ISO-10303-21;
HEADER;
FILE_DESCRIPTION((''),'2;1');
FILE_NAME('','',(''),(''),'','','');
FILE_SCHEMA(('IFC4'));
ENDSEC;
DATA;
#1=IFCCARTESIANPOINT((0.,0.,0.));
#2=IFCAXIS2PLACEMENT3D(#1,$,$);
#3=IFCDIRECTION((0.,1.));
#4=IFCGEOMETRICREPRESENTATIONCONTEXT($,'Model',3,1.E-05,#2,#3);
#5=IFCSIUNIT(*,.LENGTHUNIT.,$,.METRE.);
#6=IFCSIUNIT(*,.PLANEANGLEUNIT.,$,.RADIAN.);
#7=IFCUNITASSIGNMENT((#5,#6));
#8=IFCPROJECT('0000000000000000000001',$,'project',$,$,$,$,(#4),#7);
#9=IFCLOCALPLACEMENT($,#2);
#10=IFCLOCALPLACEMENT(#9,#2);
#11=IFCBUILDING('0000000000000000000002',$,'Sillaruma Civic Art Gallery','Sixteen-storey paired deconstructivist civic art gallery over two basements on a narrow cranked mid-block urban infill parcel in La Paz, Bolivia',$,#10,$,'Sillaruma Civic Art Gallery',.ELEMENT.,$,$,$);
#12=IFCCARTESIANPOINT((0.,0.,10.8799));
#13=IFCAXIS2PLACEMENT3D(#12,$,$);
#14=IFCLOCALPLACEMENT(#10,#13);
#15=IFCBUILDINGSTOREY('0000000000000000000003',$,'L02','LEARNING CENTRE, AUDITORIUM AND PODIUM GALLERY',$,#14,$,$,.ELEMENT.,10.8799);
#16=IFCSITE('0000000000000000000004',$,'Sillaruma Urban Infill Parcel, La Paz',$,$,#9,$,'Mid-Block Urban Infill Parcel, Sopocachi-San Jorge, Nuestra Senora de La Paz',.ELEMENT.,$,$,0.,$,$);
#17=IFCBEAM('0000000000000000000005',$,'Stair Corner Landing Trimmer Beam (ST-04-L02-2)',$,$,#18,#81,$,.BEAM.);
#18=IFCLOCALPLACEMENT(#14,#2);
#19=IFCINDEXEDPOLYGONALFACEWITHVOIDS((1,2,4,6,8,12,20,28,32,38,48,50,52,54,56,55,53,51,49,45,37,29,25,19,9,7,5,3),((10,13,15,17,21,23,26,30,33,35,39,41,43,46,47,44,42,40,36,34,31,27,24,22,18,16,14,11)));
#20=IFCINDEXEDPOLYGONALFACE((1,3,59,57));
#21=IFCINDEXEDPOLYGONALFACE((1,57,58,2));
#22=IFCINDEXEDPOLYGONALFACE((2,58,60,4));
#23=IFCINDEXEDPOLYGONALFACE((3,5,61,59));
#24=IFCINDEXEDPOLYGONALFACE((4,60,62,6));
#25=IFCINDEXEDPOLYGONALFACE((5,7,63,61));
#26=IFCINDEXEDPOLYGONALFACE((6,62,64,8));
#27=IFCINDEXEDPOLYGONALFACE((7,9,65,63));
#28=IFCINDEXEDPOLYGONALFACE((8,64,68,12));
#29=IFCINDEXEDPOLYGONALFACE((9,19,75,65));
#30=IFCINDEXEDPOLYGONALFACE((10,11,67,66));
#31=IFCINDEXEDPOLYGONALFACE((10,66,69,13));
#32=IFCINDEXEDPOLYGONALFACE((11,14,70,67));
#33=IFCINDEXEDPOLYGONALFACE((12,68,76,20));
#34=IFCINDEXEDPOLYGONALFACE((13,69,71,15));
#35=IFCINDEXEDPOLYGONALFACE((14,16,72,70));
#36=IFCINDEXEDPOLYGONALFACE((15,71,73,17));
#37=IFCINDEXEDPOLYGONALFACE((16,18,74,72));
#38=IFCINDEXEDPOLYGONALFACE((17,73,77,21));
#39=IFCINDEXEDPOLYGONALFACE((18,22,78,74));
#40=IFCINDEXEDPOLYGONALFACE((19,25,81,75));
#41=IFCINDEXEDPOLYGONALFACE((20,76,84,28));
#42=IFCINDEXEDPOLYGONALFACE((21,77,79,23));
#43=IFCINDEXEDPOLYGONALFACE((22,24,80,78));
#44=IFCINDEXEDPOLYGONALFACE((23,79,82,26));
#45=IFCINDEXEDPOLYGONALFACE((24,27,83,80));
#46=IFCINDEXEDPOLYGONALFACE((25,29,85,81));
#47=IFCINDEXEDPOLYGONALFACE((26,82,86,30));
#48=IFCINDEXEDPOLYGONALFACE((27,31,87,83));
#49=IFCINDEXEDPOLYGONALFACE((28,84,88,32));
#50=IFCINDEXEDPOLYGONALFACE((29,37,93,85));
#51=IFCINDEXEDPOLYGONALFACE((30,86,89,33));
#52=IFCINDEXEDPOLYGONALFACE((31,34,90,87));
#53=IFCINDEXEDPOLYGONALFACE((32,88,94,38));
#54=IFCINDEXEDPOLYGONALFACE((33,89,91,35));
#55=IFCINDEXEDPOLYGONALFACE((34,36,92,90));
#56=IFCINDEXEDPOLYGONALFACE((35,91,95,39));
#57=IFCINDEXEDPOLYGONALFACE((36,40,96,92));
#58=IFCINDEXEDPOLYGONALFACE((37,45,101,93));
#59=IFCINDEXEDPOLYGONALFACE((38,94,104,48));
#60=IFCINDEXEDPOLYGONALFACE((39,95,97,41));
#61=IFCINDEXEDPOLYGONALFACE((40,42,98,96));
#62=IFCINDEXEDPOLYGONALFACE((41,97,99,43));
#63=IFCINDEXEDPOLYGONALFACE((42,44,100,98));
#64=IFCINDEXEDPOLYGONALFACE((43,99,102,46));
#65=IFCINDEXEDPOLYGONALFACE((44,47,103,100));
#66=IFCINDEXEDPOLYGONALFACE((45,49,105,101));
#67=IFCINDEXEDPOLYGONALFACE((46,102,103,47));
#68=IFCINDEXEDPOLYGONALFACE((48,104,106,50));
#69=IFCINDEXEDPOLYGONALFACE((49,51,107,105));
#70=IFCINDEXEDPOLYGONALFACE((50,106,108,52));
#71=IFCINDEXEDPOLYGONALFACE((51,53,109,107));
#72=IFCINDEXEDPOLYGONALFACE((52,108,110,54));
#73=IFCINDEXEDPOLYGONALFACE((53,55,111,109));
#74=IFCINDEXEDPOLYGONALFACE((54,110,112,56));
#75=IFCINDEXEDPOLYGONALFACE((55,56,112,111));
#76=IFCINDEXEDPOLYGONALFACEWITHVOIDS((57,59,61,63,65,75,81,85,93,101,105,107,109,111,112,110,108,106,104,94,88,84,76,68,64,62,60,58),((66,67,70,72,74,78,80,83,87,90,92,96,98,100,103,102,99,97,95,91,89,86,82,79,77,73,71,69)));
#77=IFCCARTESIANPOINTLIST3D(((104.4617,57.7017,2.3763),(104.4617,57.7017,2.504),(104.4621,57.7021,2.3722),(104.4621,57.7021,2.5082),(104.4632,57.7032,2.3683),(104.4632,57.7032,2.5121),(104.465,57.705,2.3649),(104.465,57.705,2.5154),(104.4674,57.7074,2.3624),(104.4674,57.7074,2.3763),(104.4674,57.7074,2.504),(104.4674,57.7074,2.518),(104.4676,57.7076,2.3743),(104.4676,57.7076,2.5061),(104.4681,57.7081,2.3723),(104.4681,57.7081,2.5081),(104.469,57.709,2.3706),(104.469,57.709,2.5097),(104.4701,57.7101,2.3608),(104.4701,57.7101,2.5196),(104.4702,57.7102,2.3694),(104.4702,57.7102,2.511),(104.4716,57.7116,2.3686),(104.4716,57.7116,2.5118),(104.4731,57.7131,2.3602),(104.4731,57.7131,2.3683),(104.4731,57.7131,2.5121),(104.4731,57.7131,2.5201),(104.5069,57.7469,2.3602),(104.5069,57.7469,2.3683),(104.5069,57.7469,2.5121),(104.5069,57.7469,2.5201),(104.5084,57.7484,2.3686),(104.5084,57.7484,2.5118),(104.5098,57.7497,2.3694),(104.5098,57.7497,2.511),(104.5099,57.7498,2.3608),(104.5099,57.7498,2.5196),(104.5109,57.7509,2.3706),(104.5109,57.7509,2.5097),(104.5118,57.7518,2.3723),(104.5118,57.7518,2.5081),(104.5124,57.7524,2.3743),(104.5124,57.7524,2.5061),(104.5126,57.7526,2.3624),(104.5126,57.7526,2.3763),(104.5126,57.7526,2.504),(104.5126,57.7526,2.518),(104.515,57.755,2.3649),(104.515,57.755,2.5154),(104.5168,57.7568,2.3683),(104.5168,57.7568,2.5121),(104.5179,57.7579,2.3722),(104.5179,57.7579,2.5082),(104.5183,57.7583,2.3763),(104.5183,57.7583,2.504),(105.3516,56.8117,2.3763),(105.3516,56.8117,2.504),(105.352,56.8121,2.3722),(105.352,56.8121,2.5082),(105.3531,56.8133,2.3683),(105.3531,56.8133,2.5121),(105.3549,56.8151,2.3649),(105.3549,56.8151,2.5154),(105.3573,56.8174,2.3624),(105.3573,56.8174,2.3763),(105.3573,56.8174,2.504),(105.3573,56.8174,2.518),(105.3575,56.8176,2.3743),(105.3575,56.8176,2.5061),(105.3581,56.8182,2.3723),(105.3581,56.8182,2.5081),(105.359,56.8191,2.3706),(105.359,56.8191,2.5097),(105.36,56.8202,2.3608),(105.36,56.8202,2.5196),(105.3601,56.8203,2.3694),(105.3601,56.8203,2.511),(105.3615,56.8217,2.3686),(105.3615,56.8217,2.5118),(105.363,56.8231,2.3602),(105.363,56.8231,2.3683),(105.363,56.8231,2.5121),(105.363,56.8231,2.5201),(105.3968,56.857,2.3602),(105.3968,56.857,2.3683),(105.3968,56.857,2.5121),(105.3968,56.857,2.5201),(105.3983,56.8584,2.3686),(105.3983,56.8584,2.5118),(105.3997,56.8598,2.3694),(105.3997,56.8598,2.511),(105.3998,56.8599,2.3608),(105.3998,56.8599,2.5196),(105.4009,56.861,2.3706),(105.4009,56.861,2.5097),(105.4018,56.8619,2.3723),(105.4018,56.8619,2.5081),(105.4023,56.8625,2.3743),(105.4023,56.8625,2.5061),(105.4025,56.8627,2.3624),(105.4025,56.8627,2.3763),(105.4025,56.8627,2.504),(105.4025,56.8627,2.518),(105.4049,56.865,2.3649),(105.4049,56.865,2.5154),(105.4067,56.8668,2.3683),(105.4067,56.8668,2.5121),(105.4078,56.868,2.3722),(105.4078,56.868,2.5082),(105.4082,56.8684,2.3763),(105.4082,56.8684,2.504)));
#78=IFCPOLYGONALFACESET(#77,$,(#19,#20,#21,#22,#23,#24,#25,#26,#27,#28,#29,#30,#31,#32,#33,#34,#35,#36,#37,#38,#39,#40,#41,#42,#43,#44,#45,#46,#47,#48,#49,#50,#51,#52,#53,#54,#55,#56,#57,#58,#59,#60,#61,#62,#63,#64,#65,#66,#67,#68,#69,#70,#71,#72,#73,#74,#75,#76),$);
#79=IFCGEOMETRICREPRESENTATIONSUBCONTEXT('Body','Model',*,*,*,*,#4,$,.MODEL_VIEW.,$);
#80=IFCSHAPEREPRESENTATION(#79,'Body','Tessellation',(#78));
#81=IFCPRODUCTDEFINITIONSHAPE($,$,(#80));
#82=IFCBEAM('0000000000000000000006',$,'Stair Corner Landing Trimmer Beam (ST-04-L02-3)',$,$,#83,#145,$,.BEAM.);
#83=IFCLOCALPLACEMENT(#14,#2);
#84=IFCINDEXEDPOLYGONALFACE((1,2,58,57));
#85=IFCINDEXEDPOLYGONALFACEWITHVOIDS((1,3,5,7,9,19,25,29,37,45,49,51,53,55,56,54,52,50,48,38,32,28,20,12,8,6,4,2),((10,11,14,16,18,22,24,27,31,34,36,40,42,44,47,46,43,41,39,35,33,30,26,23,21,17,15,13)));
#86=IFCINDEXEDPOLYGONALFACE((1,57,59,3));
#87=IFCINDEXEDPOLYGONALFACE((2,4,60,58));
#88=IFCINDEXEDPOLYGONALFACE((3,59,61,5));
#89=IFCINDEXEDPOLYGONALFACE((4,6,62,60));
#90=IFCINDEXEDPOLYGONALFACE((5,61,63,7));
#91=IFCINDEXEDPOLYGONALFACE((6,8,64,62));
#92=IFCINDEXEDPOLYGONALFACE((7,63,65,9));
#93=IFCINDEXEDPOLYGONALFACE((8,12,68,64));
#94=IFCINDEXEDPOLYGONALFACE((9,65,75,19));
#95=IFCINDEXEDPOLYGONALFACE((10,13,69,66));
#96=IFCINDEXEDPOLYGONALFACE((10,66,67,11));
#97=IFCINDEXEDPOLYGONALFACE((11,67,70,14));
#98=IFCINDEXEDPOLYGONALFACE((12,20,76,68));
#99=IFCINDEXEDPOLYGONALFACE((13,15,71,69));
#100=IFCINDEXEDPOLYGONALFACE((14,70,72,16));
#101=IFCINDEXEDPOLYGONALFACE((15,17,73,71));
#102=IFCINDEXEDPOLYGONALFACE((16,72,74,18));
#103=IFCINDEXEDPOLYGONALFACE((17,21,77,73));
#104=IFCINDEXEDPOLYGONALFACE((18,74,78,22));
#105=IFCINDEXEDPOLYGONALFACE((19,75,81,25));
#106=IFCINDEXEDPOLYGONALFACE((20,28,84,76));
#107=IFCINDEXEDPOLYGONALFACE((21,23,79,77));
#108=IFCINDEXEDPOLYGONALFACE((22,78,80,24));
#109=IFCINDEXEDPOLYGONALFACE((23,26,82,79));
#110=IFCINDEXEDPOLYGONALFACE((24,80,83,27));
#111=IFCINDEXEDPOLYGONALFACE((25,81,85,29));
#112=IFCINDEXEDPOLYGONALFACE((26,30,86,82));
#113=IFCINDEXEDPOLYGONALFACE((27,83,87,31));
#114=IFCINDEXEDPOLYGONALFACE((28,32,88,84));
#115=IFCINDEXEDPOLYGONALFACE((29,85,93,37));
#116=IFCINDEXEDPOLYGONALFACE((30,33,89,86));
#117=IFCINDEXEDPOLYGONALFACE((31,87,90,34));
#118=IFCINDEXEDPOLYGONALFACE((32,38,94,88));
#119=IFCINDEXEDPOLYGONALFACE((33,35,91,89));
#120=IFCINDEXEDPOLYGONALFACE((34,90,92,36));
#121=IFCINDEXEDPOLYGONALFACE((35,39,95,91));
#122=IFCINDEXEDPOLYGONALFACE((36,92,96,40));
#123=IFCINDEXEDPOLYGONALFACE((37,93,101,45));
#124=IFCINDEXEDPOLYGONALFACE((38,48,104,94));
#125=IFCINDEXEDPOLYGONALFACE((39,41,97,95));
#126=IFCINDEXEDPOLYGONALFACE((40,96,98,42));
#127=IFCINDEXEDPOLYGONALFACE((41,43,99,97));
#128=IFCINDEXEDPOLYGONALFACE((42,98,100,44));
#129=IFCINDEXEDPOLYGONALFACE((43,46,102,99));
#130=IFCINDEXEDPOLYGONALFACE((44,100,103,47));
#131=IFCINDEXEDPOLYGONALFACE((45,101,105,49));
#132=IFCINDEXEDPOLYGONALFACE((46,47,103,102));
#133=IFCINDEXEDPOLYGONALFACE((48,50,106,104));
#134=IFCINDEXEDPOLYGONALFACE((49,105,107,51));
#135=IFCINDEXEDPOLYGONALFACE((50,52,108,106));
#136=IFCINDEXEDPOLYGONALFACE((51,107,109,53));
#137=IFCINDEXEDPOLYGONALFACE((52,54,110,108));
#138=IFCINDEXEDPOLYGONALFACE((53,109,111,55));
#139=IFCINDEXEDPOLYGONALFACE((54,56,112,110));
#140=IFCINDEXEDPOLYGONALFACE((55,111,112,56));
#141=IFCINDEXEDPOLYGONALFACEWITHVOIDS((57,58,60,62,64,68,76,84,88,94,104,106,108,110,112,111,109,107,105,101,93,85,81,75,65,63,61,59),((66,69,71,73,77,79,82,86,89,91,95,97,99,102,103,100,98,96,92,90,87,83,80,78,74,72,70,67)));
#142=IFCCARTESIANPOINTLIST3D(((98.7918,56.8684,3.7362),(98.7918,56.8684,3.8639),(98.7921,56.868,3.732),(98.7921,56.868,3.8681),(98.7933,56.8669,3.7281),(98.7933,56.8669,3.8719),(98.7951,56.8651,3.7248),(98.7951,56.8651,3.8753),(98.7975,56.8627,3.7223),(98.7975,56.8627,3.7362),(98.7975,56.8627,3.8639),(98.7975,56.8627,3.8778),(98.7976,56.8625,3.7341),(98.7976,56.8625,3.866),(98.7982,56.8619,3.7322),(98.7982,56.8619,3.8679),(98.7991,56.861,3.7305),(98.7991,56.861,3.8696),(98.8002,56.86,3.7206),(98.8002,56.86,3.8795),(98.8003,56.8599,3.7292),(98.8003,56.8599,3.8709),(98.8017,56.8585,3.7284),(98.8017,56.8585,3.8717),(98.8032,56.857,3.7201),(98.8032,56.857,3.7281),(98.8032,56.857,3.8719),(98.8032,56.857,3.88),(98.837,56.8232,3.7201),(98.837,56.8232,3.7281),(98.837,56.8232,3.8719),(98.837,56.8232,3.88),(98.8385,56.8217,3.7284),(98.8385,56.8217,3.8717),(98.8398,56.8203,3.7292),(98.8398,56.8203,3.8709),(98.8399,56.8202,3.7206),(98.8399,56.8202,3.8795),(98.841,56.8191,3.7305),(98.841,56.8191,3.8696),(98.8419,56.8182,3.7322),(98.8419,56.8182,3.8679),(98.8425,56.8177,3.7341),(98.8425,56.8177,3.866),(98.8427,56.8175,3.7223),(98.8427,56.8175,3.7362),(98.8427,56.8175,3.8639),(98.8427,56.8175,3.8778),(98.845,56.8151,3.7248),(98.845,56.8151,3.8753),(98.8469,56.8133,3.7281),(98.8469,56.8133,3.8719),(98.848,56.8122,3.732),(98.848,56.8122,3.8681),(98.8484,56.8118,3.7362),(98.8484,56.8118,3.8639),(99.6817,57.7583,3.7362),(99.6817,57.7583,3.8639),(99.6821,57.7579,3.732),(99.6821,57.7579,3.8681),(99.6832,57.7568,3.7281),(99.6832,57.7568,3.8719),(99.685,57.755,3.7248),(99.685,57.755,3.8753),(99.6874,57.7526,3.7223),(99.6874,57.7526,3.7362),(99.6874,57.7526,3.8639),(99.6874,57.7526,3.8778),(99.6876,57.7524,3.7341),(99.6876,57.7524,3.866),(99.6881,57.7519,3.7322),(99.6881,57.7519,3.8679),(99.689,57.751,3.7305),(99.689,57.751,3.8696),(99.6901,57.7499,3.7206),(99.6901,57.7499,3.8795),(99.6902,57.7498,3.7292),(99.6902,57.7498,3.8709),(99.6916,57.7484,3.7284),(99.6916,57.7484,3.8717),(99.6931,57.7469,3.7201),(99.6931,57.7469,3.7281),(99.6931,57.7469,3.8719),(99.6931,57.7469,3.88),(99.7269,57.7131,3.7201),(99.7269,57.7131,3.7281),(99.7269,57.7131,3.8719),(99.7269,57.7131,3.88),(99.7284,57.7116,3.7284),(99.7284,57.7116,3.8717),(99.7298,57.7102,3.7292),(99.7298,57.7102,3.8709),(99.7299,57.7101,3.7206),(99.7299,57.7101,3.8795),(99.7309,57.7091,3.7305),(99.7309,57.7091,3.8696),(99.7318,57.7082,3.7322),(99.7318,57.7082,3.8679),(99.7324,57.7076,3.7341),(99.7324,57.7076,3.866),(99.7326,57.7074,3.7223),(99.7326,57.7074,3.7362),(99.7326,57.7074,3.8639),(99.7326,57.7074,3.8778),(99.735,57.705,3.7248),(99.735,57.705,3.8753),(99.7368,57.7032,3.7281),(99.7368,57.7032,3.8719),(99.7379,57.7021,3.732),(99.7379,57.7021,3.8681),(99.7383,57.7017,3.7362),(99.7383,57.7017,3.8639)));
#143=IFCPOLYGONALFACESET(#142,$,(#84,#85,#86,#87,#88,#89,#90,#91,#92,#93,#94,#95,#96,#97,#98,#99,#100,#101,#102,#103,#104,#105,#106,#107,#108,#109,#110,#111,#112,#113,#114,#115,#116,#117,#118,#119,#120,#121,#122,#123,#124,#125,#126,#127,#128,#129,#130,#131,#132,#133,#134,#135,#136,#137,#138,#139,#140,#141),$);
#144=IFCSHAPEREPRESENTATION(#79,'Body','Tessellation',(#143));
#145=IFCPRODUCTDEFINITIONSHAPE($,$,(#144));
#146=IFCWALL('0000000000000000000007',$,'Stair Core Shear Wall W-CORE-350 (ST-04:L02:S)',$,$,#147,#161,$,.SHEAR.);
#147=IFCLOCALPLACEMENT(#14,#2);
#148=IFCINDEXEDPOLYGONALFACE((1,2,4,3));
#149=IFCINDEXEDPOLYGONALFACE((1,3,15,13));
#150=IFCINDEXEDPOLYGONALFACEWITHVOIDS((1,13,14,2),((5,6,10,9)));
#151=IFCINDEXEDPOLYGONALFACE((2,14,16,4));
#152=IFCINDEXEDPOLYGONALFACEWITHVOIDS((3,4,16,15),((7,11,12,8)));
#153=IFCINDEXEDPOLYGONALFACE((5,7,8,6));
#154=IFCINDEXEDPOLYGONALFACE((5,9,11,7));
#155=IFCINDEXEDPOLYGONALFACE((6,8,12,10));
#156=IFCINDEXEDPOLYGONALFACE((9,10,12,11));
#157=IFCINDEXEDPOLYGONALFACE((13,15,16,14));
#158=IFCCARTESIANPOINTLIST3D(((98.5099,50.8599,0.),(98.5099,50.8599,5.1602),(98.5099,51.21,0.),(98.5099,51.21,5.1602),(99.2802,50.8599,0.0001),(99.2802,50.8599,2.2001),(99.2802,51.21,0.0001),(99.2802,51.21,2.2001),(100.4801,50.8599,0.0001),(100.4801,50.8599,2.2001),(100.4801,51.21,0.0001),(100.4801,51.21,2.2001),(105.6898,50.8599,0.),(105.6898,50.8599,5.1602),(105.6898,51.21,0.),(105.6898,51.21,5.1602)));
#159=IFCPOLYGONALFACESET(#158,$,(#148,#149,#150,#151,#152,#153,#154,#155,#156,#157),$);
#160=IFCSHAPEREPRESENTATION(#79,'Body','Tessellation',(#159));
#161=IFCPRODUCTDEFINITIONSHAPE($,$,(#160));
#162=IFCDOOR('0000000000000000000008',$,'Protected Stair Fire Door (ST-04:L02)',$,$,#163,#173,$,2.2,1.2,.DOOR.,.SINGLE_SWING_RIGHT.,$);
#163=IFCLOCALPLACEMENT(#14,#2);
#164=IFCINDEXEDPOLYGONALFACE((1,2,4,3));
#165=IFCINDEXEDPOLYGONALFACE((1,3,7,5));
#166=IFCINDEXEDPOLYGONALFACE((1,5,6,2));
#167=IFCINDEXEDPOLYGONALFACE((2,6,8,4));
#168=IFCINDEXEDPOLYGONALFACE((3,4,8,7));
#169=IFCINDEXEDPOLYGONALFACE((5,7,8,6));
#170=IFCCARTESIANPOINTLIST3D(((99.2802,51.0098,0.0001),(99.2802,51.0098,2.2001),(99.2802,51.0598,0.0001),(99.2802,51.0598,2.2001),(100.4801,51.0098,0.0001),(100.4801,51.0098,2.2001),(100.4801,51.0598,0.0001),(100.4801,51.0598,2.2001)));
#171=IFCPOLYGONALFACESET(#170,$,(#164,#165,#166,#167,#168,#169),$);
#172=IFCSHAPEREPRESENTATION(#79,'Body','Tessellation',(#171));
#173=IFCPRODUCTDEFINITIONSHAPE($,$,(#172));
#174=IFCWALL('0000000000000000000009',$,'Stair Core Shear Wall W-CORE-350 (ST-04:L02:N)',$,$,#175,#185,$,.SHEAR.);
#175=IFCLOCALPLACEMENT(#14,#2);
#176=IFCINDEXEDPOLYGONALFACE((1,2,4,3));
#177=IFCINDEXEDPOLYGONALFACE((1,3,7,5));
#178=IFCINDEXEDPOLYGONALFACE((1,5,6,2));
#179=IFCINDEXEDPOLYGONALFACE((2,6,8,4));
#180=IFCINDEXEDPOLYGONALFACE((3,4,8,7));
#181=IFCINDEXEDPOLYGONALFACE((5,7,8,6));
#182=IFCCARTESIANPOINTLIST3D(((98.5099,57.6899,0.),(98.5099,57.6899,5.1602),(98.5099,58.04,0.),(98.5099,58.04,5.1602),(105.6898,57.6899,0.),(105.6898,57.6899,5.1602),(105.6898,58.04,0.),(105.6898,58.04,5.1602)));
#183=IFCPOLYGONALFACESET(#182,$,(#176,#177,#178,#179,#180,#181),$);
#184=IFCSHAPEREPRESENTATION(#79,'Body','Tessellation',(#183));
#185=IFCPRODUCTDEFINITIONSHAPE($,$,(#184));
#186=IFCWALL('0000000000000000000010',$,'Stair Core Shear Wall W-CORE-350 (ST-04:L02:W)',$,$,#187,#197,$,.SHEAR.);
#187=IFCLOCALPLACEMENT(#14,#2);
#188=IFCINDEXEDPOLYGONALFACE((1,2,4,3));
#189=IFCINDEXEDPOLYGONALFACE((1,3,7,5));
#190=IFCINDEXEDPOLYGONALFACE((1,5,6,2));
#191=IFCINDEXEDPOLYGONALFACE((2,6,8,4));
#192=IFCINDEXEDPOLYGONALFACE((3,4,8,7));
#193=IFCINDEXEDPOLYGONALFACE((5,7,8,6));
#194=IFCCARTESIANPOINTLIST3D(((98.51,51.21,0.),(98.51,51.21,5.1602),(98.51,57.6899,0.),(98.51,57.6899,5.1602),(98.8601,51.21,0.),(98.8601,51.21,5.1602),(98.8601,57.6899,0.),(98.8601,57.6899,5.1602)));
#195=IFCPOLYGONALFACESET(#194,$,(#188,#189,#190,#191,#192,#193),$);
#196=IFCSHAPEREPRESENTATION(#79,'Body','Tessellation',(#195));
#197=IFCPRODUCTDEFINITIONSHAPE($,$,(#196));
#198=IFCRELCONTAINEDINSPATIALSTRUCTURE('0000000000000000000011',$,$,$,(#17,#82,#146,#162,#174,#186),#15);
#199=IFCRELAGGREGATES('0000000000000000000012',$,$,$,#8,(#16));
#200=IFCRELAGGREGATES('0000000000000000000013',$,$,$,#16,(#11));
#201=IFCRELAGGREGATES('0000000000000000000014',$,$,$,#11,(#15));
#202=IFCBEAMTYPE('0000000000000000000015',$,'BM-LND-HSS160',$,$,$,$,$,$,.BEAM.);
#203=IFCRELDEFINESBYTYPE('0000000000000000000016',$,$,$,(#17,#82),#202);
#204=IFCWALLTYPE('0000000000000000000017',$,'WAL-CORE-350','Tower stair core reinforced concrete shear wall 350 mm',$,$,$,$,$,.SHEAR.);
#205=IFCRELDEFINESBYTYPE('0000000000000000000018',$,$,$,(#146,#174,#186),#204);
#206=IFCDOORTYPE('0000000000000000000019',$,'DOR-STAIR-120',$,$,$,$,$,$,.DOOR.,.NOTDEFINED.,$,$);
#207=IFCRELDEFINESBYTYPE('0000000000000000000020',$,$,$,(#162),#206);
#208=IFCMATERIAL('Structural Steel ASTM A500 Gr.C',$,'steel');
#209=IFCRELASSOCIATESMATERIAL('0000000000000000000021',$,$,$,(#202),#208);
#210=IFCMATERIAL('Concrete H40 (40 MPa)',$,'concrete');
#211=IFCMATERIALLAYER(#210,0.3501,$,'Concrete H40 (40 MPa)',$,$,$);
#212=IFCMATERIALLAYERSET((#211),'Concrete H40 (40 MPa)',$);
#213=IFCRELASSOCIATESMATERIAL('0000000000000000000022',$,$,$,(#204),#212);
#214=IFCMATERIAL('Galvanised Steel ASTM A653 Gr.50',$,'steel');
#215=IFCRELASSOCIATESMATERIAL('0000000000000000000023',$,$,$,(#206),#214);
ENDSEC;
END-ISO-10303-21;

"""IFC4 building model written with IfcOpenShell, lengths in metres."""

from ifc_helpers import new_model, si_unit, direction, frame, frame_2d, origin, origin_2d, place, context, subcontext, project, spatial, rectangle, hollow_rectangle, extrude, material, layer, layer_set, material_profile, profile_set, type_object, element, fill, save


model = new_model("IFC4")

# Units and contexts
model_context = context("Model", 3, precision=1e-05, world=origin(), true_north=direction((0.0, 1.0)))
body_context = subcontext(model_context, "Body", "Model", "MODEL_VIEW")
ifc_project = project(units=[si_unit("LENGTHUNIT", "METRE"), si_unit("PLANEANGLEUNIT", "RADIAN")], contexts=[model_context])

# Site, building, storey
site_placement = place(None, origin())
site = spatial("IfcSite", under=ifc_project, at=site_placement, Name="Sillaruma Urban Infill Parcel, La Paz", LongName="Mid-Block Urban Infill Parcel, Sopocachi-San Jorge, Nuestra Senora de La Paz", CompositionType="ELEMENT", RefElevation=0.0)
building_placement = place(site_placement, origin())
building = spatial("IfcBuilding", under=site, at=building_placement, Name="Sillaruma Civic Art Gallery", Description="Sixteen-storey paired deconstructivist civic art gallery over two basements on a narrow cranked mid-block urban infill parcel in La Paz, Bolivia", LongName="Sillaruma Civic Art Gallery", CompositionType="ELEMENT")
storey_placement = place(building_placement, frame((0.0, 0.0, 10.8799)))
storey = spatial("IfcBuildingStorey", under=building, at=storey_placement, Name="L02", Description="LEARNING CENTRE, AUDITORIUM AND PODIUM GALLERY", CompositionType="ELEMENT", Elevation=10.8799)

# Shared definitions
ifc_material_1 = material(Name="Concrete H40 (40 MPa)", Category="concrete")

# Beams
ifc_material_2 = material(Name="Structural Steel ASTM A500 Gr.C", Category="steel")
ifc_material_profile_1 = material_profile(ifc_material_2, hollow_rectangle(XDim=0.0801, YDim=0.1599, WallThickness=0.0081, InnerFilletRadius=0.0081, OuterFilletRadius=0.0161, at=origin_2d()), Name="HSS160x80x8")
ifc_profile_set_1 = profile_set([ifc_material_profile_1], Name="Structural Steel ASTM A500 Gr.C")
beam_type_1 = type_object("IfcBeamType", Name="BM-LND-HSS160", PredefinedType="BEAM", material=ifc_profile_set_1)
for number, where, z_axis, x_axis, name in (
    (1, (104.49, 57.73, 2.4402), (0.707107, -0.707107, 0.0), (0.707107, 0.707107, 0.0), "Stair Corner Landing Trimmer Beam (ST-04-L02-2)"),
    (2, (98.8201, 56.8401, 3.8), (0.707107, 0.707107, 0.0), (-0.707107, 0.707107, 0.0), "Stair Corner Landing Trimmer Beam (ST-04-L02-3)"),
):
    element("IfcBeam", number, at=place(storey_placement, frame(where, z_axis=z_axis, x_axis=x_axis)), inside=storey, type_object=beam_type_1, Name=name, PredefinedType="BEAM", context=body_context, shape_type="SweptSolid", body=[
        extrude(hollow_rectangle(XDim=0.0801, YDim=0.1599, WallThickness=0.0081, InnerFilletRadius=0.0081, OuterFilletRadius=0.0161, at=origin_2d()), origin(), (0.0, 0.0, 1.0), 1.2585),
    ])

# Wall, opening, door
ifc_layer_1 = layer(ifc_material_1, 0.3501, Name="Concrete H40 (40 MPa)")
ifc_layer_set_1 = layer_set([ifc_layer_1], Name="Concrete H40 (40 MPa)")
wall_type_1 = type_object("IfcWallType", Name="WAL-CORE-350", Description="Tower stair core reinforced concrete shear wall 350 mm", PredefinedType="SHEAR", material=ifc_layer_set_1)
wall_1_placement = place(storey_placement, frame((98.51, 51.0349, 0.0), z_axis=(0.0, 0.0, 1.0), x_axis=(1.0, 0.0, 0.0)))
wall_1 = element("IfcWall", 3, at=wall_1_placement, inside=storey, type_object=wall_type_1, Name="Stair Core Shear Wall W-CORE-350 (ST-04:L02:S)", PredefinedType="SHEAR", context=body_context, shape_type="SweptSolid", body=[
    extrude(rectangle(XDim=7.1799, YDim=0.3501, at=frame_2d((3.5898, 0.0))), origin(), (0.0, 0.0, 1.0), 5.1602),
])
opening_1_placement = place(wall_1_placement, frame((0.77, 0.0, 0.0)))
opening_1 = element("IfcOpeningElement", 4, at=opening_1_placement, cuts=wall_1, PredefinedType="OPENING", context=body_context, shape_type="SweptSolid", body=[
    extrude(rectangle(XDim=1.2, YDim=2.2, at=frame_2d((0.6001, 1.1001))), frame((0.0, 0.1851, 0.0), z_axis=(0.0, -1.0, 0.0), x_axis=(1.0, 0.0, 0.0)), (0.0, 0.0, 1.0), 0.3701),
])
ifc_material_3 = material(Name="Galvanised Steel ASTM A653 Gr.50", Category="steel")
door_type_1 = type_object("IfcDoorType", Name="DOR-STAIR-120", OperationType="NOTDEFINED", PredefinedType="DOOR", material=ifc_material_3)
door_1_placement = place(opening_1_placement, origin())
door_1 = element("IfcDoor", 5, at=door_1_placement, inside=storey, type_object=door_type_1, Name="Protected Stair Fire Door (ST-04:L02)", OperationType="SINGLE_SWING_RIGHT", OverallHeight=2.2, OverallWidth=1.2, PredefinedType="DOOR", context=body_context, shape_type="SweptSolid", body=[
    extrude(rectangle(XDim=1.2, YDim=2.2, at=frame_2d((0.6001, 1.1001))), frame((0.0, 0.0249, 0.0), z_axis=(0.0, -1.0, 0.0), x_axis=(1.0, 0.0, 0.0)), (0.0, 0.0, 1.0), 0.05),
])
fill(opening_1, door_1)

# Walls
wall_2_placement = place(storey_placement, frame((98.51, 57.865, 0.0), z_axis=(0.0, 0.0, 1.0), x_axis=(1.0, 0.0, 0.0)))
element("IfcWall", 6, at=wall_2_placement, inside=storey, type_object=wall_type_1, Name="Stair Core Shear Wall W-CORE-350 (ST-04:L02:N)", PredefinedType="SHEAR", context=body_context, shape_type="SweptSolid", body=[
    extrude(rectangle(XDim=7.1799, YDim=0.3501, at=frame_2d((3.5898, 0.0))), origin(), (0.0, 0.0, 1.0), 5.1602),
])
for number, where, z_axis, x_axis, name in (
    (7, (98.6851, 51.21, 0.0), (0.0, 0.0, 1.0), (0.0, 1.0, 0.0), "Stair Core Shear Wall W-CORE-350 (ST-04:L02:W)"),
):
    element("IfcWall", number, at=place(storey_placement, frame(where, z_axis=z_axis, x_axis=x_axis)), inside=storey, type_object=wall_type_1, Name=name, PredefinedType="SHEAR", context=body_context, shape_type="SweptSolid", body=[
        extrude(rectangle(XDim=6.48, YDim=0.3501, at=frame_2d((3.24, 0.0))), origin(), (0.0, 0.0, 1.0), 5.1602),
    ])

save(model, "model.ifc")
